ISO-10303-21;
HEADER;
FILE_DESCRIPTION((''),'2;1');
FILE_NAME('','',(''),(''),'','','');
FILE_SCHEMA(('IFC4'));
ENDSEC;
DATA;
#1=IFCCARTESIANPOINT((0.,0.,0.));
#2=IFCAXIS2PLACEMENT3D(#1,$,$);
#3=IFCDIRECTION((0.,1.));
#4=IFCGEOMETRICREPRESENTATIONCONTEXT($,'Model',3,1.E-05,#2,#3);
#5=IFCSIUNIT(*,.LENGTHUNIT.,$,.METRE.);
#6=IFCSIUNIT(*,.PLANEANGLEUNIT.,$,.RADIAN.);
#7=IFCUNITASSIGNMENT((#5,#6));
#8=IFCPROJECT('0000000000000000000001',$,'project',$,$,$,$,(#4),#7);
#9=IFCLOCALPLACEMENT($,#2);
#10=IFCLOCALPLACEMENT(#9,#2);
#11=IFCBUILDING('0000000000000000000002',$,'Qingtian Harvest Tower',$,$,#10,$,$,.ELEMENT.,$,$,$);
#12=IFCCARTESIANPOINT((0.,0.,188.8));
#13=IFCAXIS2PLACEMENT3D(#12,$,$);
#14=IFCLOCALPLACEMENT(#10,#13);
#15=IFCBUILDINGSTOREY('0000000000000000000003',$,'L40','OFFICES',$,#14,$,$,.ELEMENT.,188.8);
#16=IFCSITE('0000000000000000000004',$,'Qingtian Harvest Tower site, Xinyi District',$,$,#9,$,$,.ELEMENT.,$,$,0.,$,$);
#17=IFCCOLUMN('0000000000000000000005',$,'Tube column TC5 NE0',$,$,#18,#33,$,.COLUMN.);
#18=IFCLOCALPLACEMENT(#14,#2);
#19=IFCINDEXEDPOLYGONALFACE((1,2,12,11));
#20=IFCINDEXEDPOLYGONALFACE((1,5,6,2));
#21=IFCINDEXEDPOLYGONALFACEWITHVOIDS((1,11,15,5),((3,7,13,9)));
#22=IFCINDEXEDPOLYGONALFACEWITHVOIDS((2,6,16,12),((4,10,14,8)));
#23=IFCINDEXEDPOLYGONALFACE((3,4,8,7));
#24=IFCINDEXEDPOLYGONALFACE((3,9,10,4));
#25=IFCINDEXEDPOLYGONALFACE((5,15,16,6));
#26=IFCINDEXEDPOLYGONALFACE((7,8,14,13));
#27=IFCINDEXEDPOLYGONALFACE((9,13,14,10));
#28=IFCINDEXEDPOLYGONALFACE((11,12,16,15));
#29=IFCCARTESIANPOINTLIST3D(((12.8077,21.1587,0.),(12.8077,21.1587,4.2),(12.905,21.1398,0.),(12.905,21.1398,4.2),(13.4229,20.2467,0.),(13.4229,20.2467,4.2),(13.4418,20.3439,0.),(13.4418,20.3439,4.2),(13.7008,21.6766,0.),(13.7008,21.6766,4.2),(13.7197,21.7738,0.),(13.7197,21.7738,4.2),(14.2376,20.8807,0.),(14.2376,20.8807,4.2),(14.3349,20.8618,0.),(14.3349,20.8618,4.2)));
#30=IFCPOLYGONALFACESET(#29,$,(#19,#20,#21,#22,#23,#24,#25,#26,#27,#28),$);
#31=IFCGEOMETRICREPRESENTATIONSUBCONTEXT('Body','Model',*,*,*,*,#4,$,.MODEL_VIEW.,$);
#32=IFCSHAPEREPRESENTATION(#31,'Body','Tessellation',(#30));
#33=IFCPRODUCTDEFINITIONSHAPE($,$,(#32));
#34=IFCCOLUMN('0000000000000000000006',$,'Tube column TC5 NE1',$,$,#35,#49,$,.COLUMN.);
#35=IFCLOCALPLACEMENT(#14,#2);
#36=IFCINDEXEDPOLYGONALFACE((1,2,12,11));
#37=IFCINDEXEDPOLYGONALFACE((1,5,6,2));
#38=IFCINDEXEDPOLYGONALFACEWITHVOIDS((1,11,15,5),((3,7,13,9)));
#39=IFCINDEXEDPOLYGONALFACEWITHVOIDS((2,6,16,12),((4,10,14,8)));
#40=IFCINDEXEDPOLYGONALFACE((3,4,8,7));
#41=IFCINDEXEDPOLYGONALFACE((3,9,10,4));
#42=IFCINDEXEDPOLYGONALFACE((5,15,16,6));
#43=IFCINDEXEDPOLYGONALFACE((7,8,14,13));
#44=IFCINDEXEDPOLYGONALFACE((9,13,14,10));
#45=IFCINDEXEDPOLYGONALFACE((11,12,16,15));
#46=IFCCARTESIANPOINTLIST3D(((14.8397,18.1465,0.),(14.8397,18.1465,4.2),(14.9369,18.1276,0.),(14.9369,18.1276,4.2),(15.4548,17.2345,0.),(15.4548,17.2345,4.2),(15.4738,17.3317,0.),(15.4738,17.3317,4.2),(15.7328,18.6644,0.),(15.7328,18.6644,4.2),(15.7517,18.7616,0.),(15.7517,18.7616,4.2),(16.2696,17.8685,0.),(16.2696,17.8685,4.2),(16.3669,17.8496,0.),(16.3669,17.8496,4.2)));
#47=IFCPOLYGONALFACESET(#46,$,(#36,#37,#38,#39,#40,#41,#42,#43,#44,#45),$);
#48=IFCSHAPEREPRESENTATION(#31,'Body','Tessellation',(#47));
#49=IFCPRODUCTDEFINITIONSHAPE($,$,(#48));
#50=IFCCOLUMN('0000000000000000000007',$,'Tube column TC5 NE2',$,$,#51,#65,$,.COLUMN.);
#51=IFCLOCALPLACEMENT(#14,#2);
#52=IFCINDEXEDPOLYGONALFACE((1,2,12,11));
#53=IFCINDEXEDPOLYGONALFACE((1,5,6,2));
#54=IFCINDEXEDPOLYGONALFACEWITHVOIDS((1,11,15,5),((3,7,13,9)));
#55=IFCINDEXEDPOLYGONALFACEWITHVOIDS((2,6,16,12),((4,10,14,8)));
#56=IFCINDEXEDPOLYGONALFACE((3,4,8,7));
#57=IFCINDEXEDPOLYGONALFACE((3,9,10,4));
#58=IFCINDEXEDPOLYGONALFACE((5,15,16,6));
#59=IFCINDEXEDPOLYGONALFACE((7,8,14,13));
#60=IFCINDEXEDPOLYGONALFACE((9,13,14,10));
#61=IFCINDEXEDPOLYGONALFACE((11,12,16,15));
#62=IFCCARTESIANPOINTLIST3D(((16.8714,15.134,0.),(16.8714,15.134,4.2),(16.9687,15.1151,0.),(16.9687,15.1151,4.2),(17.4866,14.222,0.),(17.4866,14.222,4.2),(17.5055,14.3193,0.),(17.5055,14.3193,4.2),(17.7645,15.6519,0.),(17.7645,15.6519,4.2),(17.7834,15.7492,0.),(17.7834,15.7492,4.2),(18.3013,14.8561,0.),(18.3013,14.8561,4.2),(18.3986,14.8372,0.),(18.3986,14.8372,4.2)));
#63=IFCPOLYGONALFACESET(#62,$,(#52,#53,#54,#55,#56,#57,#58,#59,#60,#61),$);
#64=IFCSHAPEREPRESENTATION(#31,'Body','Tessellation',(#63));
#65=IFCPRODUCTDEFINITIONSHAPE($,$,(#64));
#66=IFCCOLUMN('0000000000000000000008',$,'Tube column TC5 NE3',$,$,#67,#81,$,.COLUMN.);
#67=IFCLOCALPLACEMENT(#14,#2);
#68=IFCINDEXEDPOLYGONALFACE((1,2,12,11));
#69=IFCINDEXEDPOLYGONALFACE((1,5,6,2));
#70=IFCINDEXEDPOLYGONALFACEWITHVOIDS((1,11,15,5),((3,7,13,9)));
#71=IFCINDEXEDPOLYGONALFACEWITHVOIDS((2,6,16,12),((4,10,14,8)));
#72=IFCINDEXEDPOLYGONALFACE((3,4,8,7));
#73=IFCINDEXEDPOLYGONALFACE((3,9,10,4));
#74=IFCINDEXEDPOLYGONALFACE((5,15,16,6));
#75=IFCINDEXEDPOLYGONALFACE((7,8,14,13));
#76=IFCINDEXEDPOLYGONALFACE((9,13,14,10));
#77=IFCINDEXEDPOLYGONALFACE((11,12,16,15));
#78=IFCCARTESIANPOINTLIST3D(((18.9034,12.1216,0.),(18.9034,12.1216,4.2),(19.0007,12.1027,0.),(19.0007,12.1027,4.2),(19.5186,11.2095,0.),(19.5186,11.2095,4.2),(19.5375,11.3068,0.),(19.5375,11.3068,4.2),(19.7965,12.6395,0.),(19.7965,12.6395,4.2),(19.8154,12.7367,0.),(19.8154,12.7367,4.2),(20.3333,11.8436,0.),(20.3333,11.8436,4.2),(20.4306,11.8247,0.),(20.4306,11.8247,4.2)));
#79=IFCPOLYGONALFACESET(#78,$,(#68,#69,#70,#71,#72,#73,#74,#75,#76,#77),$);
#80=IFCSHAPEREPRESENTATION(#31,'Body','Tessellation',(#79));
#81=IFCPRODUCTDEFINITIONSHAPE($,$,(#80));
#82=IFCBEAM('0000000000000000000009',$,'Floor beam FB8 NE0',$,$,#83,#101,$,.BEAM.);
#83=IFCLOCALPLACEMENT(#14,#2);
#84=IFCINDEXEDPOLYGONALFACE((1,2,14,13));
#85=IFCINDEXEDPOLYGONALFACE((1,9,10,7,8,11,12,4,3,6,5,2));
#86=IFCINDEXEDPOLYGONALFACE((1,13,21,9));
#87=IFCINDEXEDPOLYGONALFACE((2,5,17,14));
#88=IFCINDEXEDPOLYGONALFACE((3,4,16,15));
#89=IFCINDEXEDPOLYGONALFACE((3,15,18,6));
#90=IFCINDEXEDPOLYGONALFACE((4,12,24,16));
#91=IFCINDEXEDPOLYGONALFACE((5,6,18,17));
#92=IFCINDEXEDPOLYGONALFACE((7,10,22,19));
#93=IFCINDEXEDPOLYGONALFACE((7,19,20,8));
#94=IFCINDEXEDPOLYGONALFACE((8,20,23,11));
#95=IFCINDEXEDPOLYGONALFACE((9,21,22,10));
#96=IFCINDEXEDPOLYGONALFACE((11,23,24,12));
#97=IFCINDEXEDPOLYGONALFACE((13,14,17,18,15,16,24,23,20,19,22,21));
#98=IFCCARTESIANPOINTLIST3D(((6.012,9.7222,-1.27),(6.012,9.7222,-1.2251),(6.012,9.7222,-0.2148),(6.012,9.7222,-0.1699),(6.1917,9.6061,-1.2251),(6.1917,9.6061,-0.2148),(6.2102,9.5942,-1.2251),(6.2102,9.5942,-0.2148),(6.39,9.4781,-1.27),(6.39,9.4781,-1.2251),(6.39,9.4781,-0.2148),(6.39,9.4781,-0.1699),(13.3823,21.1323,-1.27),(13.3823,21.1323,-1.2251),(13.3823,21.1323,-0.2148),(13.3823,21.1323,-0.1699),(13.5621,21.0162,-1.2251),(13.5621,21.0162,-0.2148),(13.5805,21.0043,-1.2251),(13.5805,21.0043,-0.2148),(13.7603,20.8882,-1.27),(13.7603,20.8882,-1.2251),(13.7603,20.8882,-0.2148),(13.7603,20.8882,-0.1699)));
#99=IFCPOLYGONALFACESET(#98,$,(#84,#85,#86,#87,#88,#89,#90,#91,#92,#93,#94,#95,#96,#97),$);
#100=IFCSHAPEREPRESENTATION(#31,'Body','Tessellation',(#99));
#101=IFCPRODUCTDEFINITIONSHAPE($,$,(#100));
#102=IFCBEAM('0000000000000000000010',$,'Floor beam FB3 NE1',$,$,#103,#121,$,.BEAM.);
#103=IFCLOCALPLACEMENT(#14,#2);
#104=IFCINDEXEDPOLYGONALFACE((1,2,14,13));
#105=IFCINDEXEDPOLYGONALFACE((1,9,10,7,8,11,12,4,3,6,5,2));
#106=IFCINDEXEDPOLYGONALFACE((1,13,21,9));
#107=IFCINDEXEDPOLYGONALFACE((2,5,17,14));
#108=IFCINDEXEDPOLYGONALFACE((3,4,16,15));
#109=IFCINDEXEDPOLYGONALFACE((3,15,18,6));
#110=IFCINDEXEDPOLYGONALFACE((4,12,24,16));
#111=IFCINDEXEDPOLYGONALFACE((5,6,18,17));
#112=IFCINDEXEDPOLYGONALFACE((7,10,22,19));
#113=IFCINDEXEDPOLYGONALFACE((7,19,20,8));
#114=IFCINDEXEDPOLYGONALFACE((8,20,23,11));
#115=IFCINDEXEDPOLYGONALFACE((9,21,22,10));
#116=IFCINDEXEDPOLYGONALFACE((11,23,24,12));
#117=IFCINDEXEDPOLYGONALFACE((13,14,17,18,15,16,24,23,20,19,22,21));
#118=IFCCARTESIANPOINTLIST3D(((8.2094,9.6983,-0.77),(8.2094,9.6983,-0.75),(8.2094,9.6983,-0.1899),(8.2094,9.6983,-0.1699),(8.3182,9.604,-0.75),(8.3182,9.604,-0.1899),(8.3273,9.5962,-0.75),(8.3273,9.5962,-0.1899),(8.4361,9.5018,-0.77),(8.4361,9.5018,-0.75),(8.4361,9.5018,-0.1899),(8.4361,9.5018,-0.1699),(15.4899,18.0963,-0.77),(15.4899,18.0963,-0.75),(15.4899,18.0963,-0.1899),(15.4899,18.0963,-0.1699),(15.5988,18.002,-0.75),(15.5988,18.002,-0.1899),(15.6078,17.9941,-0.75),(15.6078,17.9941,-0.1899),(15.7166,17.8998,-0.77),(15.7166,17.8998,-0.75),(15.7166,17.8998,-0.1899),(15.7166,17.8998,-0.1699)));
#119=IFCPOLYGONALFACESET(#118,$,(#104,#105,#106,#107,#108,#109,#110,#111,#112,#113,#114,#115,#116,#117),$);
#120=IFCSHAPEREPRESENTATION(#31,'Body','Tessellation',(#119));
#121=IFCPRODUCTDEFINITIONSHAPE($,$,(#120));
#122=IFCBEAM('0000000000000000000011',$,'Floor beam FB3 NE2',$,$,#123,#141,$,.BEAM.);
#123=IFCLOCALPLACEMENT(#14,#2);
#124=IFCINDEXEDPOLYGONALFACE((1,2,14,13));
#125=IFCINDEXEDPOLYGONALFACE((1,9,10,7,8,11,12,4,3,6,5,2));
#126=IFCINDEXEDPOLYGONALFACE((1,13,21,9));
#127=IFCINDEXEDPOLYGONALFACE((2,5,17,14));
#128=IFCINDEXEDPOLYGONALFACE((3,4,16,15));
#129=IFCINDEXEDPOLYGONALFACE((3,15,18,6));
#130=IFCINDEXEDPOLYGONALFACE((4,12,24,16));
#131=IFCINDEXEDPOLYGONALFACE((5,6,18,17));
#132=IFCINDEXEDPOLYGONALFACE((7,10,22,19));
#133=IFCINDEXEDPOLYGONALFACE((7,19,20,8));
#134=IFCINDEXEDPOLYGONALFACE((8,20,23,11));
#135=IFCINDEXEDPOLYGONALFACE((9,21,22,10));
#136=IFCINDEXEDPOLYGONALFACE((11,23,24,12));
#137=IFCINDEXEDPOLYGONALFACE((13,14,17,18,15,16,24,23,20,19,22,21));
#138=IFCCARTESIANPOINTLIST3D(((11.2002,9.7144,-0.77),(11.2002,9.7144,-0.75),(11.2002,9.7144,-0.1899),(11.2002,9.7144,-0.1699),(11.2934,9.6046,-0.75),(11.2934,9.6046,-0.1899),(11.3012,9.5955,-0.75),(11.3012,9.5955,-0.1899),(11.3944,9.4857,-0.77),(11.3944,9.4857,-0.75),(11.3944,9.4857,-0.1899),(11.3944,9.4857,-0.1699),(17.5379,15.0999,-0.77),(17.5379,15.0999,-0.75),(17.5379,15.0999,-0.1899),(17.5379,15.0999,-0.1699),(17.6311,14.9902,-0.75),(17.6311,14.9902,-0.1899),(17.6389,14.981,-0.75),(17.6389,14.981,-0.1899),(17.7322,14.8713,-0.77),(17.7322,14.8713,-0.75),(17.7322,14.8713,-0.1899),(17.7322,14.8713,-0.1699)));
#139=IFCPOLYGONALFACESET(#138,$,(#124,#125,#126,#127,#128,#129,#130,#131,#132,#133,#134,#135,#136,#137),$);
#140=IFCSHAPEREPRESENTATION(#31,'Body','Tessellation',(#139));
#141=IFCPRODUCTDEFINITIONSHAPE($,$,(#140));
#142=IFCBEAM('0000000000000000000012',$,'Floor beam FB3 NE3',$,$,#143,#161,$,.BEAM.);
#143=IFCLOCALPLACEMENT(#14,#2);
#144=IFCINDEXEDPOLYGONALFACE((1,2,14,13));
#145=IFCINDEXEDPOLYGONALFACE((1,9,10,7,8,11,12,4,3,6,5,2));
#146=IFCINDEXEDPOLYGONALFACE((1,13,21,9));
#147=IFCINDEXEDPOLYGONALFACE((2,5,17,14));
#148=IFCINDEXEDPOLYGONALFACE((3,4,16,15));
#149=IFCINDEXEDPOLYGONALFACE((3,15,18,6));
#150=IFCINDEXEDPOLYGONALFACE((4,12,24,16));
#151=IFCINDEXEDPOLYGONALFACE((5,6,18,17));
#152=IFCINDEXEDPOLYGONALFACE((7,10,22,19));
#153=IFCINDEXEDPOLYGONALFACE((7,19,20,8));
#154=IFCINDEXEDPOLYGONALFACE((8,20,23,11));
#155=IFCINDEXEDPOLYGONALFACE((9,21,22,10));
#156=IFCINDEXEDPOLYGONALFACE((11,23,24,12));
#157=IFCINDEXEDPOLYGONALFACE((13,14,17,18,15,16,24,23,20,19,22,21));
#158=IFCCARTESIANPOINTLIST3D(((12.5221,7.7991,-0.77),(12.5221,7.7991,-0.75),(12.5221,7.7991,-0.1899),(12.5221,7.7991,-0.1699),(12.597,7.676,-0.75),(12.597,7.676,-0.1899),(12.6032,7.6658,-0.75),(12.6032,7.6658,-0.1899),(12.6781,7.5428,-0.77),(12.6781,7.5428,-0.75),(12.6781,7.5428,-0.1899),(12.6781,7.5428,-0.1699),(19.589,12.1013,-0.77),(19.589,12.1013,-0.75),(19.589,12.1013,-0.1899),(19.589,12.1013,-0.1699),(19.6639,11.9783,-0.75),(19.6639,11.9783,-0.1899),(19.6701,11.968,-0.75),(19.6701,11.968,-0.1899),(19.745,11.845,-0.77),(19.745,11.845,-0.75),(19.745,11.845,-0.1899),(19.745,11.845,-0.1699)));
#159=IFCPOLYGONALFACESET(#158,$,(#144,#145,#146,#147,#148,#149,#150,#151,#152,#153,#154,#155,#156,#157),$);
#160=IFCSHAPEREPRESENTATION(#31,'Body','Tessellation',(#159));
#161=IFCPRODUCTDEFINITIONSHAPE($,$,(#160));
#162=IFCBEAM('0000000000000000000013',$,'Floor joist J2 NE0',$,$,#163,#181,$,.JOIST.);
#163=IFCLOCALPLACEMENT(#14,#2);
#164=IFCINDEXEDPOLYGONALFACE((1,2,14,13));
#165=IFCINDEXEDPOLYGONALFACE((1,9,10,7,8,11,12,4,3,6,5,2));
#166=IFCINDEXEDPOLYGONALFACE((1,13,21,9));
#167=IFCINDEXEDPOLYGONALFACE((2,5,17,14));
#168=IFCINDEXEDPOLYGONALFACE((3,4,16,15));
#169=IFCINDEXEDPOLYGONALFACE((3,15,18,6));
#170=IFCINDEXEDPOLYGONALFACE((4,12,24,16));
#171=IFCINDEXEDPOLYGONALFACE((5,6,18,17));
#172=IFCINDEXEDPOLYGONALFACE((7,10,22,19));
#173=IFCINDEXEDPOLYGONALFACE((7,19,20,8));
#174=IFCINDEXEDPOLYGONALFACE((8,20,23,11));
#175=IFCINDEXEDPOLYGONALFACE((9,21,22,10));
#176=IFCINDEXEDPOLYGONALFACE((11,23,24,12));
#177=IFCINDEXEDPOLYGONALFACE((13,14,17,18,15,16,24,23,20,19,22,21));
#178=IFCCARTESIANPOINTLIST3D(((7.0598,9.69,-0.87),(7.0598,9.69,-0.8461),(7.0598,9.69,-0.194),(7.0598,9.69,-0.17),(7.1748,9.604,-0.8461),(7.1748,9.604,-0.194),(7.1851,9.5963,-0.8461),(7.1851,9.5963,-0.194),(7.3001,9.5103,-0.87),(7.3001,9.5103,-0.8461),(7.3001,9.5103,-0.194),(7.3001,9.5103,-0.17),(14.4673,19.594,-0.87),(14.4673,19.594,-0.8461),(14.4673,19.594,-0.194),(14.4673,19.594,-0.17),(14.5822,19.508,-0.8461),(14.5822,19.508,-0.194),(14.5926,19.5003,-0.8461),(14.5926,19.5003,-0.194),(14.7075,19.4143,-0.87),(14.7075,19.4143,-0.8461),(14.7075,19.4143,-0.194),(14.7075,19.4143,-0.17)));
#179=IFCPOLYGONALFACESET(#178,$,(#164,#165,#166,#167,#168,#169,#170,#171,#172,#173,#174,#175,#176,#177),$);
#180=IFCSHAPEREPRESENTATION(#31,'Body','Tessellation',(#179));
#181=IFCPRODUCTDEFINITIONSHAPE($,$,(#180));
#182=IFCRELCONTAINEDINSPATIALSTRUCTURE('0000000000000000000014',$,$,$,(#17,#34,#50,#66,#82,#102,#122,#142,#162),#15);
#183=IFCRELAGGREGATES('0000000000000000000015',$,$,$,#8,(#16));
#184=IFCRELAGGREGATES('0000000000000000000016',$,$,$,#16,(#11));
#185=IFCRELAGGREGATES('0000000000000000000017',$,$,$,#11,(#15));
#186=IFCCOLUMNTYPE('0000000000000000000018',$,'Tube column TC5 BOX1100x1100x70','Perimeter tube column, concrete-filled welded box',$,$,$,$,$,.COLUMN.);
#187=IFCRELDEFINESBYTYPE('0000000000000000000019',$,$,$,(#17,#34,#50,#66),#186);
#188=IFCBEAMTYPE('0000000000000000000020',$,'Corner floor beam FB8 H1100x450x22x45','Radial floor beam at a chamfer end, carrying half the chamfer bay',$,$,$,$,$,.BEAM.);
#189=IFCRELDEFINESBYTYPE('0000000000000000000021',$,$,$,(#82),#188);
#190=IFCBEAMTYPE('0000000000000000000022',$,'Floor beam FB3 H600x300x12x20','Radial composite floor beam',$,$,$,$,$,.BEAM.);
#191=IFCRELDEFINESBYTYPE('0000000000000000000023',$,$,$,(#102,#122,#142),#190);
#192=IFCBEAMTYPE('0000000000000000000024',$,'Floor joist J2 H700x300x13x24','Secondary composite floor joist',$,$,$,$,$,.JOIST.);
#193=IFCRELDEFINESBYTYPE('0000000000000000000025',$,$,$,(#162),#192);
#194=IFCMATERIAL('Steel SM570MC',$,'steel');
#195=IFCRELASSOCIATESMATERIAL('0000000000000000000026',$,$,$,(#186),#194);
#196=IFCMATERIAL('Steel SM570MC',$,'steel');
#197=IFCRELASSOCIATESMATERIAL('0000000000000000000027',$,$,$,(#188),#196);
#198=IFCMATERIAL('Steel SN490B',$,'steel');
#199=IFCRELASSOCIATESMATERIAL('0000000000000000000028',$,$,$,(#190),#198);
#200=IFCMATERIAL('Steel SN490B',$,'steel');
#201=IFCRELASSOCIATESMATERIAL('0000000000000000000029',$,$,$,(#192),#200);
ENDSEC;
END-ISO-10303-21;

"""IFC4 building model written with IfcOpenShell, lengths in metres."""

from ifc_helpers import new_model, si_unit, direction, frame, origin, origin_2d, place, context, subcontext, project, spatial, hollow_rectangle, i_section, extrude, material, material_profile, profile_set, type_object, element, save


model = new_model("IFC4")

# Units and contexts
model_context = context("Model", 3, precision=1e-05, world=origin(), true_north=direction((0.0, 1.0)))
body_context = subcontext(model_context, "Body", "Model", "MODEL_VIEW")
ifc_project = project(units=[si_unit("LENGTHUNIT", "METRE"), si_unit("PLANEANGLEUNIT", "RADIAN")], contexts=[model_context])

# Site, building, storey
site_placement = place(None, origin())
site = spatial("IfcSite", under=ifc_project, at=site_placement, Name="Qingtian Harvest Tower site, Xinyi District", CompositionType="ELEMENT", RefElevation=0.0)
building_placement = place(site_placement, origin())
building = spatial("IfcBuilding", under=site, at=building_placement, Name="Qingtian Harvest Tower", CompositionType="ELEMENT")
storey_placement = place(building_placement, frame((0.0, 0.0, 188.8)))
storey = spatial("IfcBuildingStorey", under=building, at=storey_placement, Name="L40", Description="OFFICES", CompositionType="ELEMENT", Elevation=188.8)

# Columns
ifc_material_1 = material(Name="Steel SM570MC", Category="steel")
ifc_material_profile_1 = material_profile(ifc_material_1, hollow_rectangle(XDim=1.1001, YDim=1.1001, WallThickness=0.0701, at=origin_2d()), Name="BOX1100x1100x70")
ifc_profile_set_1 = profile_set([ifc_material_profile_1], Name="Steel SM570MC")
column_type = type_object("IfcColumnType", Name="Tube column TC5 BOX1100x1100x70", Description="Perimeter tube column, concrete-filled welded box", PredefinedType="COLUMN", material=ifc_profile_set_1)
for number, where, z_axis, x_axis, name in (
    (1, (13.5713, 21.0103, 0.0), (0.0, 0.0, 1.0), (-0.559193, 0.829038, 0.0), "Tube column TC5 NE0"),
    (2, (15.6033, 17.998, 0.0), (0.0, 0.0, 1.0), (-0.559193, 0.829038, 0.0), "Tube column TC5 NE1"),
    (3, (17.635, 14.9856, 0.0), (0.0, 0.0, 1.0), (-0.559193, 0.829038, 0.0), "Tube column TC5 NE2"),
    (4, (19.667, 11.9731, 0.0), (0.0, 0.0, 1.0), (-0.559193, 0.829038, 0.0), "Tube column TC5 NE3"),
):
    element("IfcColumn", number, at=place(storey_placement, frame(where, z_axis=z_axis, x_axis=x_axis)), inside=storey, type_object=column_type, Name=name, PredefinedType="COLUMN", context=body_context, shape_type="SweptSolid", body=[
        extrude(hollow_rectangle(XDim=1.1001, YDim=1.1001, WallThickness=0.0701, at=origin_2d()), origin(), (0.0, 0.0, 1.0), 4.2),
    ])

# Beams
ifc_material_2 = material(Name="Steel SM570MC", Category="steel")
ifc_material_profile_2 = material_profile(ifc_material_2, i_section(OverallWidth=0.45, OverallDepth=1.1001, WebThickness=0.022, FlangeThickness=0.0449, at=origin_2d()), Name="H1100x450x22x45")
ifc_profile_set_2 = profile_set([ifc_material_profile_2], Name="Steel SM570MC")
beam_type_1 = type_object("IfcBeamType", Name="Corner floor beam FB8 H1100x450x22x45", Description="Radial floor beam at a chamfer end, carrying half the chamfer bay", PredefinedType="BEAM", material=ifc_profile_set_2)
beam_1_placement = place(storey_placement, frame((13.5713, 21.0103, -0.72), z_axis=(-0.542593, -0.839996, 0.0), x_axis=(0.839996, -0.542593, 0.0)))
element("IfcBeam", 5, at=beam_1_placement, inside=storey, type_object=beam_type_1, Name="Floor beam FB8 NE0", PredefinedType="BEAM", context=body_context, shape_type="SweptSolid", body=[
    extrude(i_section(OverallWidth=0.45, OverallDepth=1.1001, WebThickness=0.022, FlangeThickness=0.0449, at=origin_2d()), origin(), (0.0, 0.0, 1.0), 13.5835),
])
ifc_material_3 = material(Name="Steel SN490B", Category="steel")
ifc_material_profile_3 = material_profile(ifc_material_3, i_section(OverallWidth=0.3, OverallDepth=0.6001, WebThickness=0.012, FlangeThickness=0.02, at=origin_2d()), Name="H600x300x12x20")
ifc_profile_set_3 = profile_set([ifc_material_profile_3], Name="Steel SN490B")
beam_type_2 = type_object("IfcBeamType", Name="Floor beam FB3 H600x300x12x20", Description="Radial composite floor beam", PredefinedType="BEAM", material=ifc_profile_set_3)
beam_2_placement = place(storey_placement, frame((15.6033, 17.998, -0.47), z_axis=(-0.655048, -0.755587, 0.0), x_axis=(0.755587, -0.655048, 0.0)))
element("IfcBeam", 6, at=beam_2_placement, inside=storey, type_object=beam_type_2, Name="Floor beam FB3 NE1", PredefinedType="BEAM", context=body_context, shape_type="SweptSolid", body=[
    extrude(i_section(OverallWidth=0.3, OverallDepth=0.6001, WebThickness=0.012, FlangeThickness=0.02, at=origin_2d()), origin(), (0.0, 0.0, 1.0), 11.1145),
])
beam_3_placement = place(storey_placement, frame((17.635, 14.9856, -0.47), z_axis=(-0.762028, -0.647544, 0.0), x_axis=(0.647544, -0.762028, 0.0)))
element("IfcBeam", 7, at=beam_3_placement, inside=storey, type_object=beam_type_2, Name="Floor beam FB3 NE2", PredefinedType="BEAM", context=body_context, shape_type="SweptSolid", body=[
    extrude(i_section(OverallWidth=0.3, OverallDepth=0.6001, WebThickness=0.012, FlangeThickness=0.02, at=origin_2d()), origin(), (0.0, 0.0, 1.0), 8.3169),
])
beam_4_placement = place(storey_placement, frame((19.667, 11.9731, -0.47), z_axis=(-0.854163, -0.520005, 0.0), x_axis=(0.520005, -0.854163, 0.0)))
element("IfcBeam", 8, at=beam_4_placement, inside=storey, type_object=beam_type_2, Name="Floor beam FB3 NE3", PredefinedType="BEAM", context=body_context, shape_type="SweptSolid", body=[
    extrude(i_section(OverallWidth=0.3, OverallDepth=0.6001, WebThickness=0.012, FlangeThickness=0.02, at=origin_2d()), origin(), (0.0, 0.0, 1.0), 8.2734),
])
ifc_material_4 = material(Name="Steel SN490B", Category="steel")
ifc_material_profile_4 = material_profile(ifc_material_4, i_section(OverallWidth=0.3, OverallDepth=0.7, WebThickness=0.0129, FlangeThickness=0.0239, at=origin_2d()), Name="H700x300x13x24")
ifc_profile_set_4 = profile_set([ifc_material_profile_4], Name="Steel SN490B")
beam_type_3 = type_object("IfcBeamType", Name="Floor joist J2 H700x300x13x24", Description="Secondary composite floor joist", PredefinedType="JOIST", material=ifc_profile_set_4)
beam_5_placement = place(storey_placement, frame((14.5874, 19.5042, -0.52), z_axis=(-0.598935, -0.800798, 0.0), x_axis=(0.800798, -0.598935, 0.0)))
element("IfcBeam", 9, at=beam_5_placement, inside=storey, type_object=beam_type_3, Name="Floor joist J2 NE0", PredefinedType="JOIST", context=body_context, shape_type="SweptSolid", body=[
    extrude(i_section(OverallWidth=0.3, OverallDepth=0.7, WebThickness=0.0129, FlangeThickness=0.0239, at=origin_2d()), origin(), (0.0, 0.0, 1.0), 12.3677),
])

save(model, "model.ifc")
